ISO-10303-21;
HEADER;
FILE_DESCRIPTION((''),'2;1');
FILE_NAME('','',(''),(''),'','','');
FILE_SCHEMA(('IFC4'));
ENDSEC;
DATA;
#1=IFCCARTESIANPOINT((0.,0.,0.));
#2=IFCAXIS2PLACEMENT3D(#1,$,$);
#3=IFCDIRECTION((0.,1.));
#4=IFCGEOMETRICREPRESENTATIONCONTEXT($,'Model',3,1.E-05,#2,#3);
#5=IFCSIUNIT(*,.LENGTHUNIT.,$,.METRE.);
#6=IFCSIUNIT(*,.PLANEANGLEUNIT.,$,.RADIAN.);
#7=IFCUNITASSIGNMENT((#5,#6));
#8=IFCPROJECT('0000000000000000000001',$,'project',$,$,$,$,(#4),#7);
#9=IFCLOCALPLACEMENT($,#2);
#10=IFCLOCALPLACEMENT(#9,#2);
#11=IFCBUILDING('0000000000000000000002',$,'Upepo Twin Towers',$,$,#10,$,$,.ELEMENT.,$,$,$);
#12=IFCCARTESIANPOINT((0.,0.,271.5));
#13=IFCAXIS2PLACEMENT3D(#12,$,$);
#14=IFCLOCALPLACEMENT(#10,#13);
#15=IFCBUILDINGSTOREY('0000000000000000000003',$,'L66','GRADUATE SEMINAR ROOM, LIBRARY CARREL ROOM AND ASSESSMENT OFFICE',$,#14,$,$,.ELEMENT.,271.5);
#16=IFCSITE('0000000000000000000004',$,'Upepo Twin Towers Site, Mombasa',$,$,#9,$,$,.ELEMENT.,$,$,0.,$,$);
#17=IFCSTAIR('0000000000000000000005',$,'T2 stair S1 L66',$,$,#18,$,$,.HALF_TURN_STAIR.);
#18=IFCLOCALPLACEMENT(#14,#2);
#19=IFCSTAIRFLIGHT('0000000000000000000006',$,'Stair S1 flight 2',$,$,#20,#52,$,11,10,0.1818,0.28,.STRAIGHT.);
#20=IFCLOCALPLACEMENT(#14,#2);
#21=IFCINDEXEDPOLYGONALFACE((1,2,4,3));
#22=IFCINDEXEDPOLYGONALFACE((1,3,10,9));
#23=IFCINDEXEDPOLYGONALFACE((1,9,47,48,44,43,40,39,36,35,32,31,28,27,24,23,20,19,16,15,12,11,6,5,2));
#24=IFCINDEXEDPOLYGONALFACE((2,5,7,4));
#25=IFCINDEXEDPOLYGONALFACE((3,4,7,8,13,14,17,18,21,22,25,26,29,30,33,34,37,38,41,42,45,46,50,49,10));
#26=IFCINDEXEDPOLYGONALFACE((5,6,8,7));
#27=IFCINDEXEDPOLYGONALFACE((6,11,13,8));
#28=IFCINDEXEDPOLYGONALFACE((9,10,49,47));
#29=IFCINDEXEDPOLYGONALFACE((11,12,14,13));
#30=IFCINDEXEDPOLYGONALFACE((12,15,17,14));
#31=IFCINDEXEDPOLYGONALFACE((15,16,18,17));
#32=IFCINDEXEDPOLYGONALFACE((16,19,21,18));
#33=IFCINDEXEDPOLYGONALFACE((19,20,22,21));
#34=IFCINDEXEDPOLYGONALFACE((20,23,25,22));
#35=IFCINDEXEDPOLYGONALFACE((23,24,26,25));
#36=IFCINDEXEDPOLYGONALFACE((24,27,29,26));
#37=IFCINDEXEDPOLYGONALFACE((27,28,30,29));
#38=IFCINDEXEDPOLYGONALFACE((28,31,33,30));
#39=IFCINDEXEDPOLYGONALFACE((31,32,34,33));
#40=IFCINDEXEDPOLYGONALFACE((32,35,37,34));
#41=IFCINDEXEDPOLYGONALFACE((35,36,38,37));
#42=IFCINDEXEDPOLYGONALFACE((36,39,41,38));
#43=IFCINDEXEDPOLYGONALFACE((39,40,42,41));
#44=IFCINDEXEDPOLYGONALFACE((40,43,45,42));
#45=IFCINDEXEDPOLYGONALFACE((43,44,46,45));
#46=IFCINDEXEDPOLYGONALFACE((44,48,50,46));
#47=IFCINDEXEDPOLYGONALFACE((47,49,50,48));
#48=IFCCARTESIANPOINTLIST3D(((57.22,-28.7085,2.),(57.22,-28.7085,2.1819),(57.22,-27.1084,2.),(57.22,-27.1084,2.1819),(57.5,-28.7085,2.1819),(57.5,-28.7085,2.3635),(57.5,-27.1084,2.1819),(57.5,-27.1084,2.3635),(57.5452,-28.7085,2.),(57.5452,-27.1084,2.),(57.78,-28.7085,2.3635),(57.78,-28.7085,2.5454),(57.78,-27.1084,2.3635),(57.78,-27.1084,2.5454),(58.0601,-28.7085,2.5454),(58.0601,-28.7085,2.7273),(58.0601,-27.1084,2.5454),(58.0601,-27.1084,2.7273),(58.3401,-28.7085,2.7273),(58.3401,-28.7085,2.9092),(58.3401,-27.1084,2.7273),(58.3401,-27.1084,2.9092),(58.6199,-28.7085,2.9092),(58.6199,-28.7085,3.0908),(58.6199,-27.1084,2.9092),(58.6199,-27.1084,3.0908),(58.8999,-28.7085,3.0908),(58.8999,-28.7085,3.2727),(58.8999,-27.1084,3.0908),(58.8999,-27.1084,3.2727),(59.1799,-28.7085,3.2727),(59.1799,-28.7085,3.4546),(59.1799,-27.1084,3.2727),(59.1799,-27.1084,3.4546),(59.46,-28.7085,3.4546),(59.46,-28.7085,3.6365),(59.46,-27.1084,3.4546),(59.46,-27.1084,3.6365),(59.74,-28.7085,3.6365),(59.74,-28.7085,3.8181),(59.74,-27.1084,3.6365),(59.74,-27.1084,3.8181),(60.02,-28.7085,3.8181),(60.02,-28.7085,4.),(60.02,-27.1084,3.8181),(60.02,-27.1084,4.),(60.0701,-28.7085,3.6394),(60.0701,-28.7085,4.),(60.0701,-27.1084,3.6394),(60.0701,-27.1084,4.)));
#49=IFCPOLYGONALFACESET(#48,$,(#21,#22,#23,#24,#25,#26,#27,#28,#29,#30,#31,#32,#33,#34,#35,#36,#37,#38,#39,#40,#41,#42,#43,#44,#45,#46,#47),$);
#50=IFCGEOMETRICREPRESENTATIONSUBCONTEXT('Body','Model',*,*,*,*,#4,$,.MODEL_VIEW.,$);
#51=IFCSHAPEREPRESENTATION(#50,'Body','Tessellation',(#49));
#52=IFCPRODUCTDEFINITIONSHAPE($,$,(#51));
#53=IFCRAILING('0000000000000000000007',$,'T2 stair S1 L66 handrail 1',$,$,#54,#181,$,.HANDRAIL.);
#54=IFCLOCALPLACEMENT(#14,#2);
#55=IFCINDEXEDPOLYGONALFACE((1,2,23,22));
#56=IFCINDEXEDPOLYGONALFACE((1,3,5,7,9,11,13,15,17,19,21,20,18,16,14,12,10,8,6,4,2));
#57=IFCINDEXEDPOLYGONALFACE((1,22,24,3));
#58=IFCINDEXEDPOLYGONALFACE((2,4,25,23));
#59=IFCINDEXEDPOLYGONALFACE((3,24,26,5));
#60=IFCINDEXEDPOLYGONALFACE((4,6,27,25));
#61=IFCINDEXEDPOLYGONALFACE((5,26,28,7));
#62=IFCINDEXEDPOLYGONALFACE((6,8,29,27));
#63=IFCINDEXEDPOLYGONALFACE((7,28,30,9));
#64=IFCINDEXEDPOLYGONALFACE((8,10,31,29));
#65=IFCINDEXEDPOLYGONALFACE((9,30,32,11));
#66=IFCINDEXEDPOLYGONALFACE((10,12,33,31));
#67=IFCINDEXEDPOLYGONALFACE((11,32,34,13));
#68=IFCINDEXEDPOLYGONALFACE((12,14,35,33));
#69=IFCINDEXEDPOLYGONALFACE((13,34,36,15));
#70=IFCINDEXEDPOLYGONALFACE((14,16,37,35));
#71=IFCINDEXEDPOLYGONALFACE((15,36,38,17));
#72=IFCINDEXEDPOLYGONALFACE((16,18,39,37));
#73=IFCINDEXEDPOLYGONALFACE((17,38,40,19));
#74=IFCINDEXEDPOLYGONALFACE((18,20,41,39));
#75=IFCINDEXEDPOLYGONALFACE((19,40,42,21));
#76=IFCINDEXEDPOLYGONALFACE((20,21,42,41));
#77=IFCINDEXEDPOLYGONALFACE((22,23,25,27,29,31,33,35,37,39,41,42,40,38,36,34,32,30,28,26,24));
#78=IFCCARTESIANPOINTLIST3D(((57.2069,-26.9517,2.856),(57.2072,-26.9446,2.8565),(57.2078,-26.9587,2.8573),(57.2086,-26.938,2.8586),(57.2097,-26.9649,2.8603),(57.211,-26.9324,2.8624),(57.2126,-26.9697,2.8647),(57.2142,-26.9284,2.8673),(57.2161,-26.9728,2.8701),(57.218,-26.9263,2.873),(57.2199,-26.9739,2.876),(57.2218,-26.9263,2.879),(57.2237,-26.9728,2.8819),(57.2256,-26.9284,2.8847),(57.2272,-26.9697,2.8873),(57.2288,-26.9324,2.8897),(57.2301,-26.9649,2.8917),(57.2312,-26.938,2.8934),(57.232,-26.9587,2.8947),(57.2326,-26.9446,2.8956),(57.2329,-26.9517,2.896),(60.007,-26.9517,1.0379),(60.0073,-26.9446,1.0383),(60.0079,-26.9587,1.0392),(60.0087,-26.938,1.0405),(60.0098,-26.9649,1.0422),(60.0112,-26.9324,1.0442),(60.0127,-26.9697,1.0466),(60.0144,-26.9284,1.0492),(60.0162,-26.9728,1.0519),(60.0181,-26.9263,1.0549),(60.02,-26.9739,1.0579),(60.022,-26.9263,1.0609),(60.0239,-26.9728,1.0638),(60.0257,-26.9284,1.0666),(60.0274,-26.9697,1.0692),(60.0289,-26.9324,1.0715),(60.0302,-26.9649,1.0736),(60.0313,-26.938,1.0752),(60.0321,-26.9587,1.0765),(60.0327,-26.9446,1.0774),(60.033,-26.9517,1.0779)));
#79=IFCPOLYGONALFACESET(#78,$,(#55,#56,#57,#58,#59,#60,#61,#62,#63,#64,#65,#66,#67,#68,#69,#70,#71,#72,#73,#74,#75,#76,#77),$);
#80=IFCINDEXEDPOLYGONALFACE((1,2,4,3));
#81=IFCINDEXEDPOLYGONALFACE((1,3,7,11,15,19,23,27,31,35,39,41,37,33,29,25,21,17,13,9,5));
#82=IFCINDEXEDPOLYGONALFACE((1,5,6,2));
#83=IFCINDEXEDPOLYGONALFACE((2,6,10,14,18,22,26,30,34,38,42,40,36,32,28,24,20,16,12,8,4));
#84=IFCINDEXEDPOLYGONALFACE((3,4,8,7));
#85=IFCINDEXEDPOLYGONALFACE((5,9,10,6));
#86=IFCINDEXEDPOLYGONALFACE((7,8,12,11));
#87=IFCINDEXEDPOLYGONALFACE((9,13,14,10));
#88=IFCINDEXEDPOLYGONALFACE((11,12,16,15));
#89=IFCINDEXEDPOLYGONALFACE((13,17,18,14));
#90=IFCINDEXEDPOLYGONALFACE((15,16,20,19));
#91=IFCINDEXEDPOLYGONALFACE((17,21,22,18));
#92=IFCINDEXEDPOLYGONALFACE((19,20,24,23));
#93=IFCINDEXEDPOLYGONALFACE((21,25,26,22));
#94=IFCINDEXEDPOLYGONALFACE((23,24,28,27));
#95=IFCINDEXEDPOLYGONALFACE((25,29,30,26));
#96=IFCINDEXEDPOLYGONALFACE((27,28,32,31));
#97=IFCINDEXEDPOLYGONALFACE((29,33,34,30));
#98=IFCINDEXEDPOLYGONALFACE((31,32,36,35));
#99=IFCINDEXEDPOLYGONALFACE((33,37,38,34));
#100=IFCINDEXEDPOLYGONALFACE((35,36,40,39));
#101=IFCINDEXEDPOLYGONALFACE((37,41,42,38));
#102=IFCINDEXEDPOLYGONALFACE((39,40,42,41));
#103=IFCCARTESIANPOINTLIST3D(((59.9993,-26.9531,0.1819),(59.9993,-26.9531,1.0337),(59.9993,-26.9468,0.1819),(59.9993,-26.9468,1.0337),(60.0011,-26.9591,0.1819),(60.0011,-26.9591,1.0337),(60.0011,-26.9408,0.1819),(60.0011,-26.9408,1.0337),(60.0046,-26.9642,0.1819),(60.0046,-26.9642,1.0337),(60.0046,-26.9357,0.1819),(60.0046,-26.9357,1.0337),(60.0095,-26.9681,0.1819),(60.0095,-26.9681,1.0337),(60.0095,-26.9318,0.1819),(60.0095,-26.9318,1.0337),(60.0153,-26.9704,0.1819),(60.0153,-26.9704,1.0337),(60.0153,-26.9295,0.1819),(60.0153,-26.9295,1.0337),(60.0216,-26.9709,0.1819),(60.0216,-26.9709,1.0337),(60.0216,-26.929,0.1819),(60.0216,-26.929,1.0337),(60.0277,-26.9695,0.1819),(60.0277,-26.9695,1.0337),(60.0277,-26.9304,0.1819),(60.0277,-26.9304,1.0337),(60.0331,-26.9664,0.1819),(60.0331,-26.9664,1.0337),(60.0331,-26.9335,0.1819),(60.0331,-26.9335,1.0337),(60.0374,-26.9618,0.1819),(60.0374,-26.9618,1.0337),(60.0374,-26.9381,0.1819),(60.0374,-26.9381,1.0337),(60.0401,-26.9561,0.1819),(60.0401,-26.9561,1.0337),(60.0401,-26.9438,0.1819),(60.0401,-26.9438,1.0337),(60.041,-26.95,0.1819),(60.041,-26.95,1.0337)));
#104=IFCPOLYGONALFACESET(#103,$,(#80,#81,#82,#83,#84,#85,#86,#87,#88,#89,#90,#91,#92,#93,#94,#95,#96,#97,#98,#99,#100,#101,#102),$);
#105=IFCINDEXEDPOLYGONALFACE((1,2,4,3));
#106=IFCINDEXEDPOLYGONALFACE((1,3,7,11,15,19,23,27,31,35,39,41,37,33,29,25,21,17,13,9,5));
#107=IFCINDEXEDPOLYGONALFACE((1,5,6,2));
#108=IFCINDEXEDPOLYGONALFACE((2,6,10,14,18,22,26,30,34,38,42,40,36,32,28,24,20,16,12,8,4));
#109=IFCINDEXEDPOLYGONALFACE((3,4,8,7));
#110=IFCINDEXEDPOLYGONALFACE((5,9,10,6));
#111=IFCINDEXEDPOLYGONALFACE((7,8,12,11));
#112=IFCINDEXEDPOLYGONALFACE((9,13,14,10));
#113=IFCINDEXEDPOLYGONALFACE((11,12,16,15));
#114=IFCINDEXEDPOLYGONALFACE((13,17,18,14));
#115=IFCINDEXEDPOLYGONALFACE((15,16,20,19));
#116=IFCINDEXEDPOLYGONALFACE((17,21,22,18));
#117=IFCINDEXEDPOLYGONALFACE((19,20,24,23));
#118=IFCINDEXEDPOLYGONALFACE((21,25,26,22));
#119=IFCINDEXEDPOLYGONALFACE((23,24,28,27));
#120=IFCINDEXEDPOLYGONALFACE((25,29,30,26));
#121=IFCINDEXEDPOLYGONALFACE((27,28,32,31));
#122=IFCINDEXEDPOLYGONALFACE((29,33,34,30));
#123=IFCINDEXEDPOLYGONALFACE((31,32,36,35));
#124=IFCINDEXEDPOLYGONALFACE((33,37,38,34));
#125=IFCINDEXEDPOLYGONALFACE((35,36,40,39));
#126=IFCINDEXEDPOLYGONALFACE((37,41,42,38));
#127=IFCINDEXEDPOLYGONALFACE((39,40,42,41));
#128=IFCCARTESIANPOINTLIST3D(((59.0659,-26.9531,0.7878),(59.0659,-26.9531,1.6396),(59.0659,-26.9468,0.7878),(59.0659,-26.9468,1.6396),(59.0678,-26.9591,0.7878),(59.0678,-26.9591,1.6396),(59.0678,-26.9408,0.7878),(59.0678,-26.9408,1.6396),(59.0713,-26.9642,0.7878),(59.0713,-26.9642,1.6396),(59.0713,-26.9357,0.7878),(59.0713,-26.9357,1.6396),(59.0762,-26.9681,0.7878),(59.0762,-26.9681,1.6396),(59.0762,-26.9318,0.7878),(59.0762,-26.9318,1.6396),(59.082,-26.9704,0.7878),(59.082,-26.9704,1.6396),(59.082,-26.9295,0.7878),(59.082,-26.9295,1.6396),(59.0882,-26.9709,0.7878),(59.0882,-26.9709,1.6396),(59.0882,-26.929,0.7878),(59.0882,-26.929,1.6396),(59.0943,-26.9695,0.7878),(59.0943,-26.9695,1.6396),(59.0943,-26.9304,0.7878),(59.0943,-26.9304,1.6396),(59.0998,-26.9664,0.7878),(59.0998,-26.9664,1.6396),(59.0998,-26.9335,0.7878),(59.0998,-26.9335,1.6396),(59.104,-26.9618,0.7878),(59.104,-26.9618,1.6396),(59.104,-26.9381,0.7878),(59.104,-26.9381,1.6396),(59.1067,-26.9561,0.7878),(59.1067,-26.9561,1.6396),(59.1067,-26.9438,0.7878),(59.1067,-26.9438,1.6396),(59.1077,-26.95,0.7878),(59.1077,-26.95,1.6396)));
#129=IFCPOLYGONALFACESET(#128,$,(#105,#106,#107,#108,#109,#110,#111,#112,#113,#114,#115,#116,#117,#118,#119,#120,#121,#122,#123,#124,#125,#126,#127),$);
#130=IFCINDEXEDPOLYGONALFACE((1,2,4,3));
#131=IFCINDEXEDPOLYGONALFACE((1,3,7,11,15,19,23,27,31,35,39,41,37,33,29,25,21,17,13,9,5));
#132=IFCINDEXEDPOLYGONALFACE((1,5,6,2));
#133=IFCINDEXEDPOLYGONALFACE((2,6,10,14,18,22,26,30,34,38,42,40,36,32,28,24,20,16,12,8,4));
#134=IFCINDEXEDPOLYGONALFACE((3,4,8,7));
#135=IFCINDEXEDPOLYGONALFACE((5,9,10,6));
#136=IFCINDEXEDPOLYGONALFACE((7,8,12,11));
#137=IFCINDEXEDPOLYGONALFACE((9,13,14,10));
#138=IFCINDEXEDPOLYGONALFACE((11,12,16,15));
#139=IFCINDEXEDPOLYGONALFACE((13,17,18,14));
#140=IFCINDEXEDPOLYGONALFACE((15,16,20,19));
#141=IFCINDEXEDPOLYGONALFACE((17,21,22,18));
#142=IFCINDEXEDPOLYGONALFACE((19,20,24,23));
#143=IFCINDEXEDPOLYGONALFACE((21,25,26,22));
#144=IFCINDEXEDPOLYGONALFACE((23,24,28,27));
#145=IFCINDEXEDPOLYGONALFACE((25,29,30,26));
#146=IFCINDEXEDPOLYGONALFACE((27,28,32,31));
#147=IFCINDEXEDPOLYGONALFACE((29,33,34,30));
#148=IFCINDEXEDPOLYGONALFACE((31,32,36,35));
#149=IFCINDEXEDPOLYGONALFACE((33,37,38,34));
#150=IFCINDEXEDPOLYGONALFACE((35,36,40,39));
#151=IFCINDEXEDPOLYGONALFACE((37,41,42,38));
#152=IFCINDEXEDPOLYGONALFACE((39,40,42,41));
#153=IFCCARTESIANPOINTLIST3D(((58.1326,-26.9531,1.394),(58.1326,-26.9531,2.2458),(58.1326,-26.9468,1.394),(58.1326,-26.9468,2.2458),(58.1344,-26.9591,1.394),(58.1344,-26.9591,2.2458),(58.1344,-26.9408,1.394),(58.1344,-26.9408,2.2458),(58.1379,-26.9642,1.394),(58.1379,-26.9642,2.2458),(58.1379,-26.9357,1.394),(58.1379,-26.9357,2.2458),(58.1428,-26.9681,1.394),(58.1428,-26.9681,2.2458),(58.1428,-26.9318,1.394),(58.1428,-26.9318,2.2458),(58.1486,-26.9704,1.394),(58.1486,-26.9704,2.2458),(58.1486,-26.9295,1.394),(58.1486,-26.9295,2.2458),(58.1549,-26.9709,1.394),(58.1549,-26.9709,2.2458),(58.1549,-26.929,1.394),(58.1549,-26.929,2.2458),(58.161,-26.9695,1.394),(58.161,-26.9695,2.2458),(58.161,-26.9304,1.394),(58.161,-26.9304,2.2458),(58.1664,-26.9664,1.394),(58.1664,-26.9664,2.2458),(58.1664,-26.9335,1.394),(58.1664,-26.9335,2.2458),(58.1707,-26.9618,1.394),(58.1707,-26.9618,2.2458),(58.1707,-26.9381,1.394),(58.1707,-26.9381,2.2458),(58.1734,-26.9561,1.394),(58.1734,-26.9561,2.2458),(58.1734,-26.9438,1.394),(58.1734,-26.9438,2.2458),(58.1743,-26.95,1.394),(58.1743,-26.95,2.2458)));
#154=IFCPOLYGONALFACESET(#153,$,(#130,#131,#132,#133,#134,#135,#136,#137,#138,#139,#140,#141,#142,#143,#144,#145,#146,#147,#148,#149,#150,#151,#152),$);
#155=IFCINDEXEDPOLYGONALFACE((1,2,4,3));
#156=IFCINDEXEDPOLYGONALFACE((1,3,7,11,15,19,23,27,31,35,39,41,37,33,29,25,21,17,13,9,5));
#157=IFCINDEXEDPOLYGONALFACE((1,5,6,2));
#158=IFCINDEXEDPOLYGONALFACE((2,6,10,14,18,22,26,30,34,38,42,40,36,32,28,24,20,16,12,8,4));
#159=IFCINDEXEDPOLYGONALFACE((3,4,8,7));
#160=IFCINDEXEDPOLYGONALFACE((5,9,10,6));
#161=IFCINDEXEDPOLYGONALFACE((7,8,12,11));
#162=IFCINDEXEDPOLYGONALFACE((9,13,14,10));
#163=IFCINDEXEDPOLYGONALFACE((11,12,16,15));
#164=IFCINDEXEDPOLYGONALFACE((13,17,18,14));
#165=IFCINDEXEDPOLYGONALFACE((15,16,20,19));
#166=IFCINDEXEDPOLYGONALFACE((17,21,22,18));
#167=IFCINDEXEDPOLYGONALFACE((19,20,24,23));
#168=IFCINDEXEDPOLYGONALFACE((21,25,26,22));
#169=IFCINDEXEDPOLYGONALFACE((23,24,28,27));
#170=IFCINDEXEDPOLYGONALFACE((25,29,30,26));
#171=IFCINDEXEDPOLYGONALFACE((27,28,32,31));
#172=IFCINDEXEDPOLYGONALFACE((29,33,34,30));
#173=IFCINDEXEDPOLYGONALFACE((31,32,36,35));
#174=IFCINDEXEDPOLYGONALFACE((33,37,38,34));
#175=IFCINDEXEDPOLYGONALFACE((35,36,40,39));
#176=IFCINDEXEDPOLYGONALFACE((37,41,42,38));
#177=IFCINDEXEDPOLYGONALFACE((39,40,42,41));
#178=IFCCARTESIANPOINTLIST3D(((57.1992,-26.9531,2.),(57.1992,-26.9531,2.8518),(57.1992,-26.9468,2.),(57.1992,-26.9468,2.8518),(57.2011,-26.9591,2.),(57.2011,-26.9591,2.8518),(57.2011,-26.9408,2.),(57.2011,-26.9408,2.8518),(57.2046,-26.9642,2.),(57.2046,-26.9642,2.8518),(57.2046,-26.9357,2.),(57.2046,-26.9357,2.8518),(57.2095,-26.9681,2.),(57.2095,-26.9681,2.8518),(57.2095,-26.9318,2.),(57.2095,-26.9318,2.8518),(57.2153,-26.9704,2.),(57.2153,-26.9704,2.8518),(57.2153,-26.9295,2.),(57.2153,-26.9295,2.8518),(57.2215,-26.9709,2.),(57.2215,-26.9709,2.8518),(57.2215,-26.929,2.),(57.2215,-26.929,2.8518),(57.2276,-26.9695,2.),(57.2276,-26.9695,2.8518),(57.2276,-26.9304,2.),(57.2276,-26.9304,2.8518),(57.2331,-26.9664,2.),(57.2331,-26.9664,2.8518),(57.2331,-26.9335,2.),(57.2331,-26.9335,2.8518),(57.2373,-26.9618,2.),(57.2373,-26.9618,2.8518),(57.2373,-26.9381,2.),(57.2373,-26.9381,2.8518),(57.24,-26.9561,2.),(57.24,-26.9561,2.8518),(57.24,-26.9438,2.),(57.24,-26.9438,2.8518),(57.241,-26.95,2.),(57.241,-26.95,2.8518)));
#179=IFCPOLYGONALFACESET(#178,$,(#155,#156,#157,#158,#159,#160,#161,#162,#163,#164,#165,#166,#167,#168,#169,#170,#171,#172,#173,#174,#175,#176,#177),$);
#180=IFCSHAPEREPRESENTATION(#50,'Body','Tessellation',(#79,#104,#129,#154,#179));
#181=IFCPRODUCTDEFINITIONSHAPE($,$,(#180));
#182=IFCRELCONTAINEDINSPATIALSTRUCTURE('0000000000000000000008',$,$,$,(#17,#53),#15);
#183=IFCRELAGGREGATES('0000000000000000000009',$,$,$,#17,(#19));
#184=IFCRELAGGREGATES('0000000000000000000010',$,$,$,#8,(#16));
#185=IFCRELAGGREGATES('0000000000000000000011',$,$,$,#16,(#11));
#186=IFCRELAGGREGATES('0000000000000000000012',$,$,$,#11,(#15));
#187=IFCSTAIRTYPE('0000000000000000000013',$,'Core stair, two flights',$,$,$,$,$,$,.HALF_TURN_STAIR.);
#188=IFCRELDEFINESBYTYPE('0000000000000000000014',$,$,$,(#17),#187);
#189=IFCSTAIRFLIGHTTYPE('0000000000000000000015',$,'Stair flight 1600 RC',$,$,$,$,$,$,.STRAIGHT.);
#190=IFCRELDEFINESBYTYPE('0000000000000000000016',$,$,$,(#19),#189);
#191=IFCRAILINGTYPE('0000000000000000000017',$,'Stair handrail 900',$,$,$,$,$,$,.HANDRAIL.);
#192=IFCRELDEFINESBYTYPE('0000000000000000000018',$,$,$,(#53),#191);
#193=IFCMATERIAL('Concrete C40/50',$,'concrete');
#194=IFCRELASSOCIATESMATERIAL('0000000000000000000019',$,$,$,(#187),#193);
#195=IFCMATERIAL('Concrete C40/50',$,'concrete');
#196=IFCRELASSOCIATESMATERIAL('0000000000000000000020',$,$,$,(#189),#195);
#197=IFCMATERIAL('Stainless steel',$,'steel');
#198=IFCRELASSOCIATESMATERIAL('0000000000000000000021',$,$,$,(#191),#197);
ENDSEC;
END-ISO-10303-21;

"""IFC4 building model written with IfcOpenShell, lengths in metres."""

from ifc_helpers import new_model, si_unit, direction, frame, origin, origin_2d, place, context, subcontext, project, spatial, polyline, circle, outline, extrude, material, type_object, element, aggregate, save


model = new_model("IFC4")

# Units and contexts
model_context = context("Model", 3, precision=1e-05, world=origin(), true_north=direction((0.0, 1.0)))
body_context = subcontext(model_context, "Body", "Model", "MODEL_VIEW")
ifc_project = project(units=[si_unit("LENGTHUNIT", "METRE"), si_unit("PLANEANGLEUNIT", "RADIAN")], contexts=[model_context])

# Site, building, storey
site_placement = place(None, origin())
site = spatial("IfcSite", under=ifc_project, at=site_placement, Name="Upepo Twin Towers Site, Mombasa", CompositionType="ELEMENT", RefElevation=0.0)
building_placement = place(site_placement, origin())
building = spatial("IfcBuilding", under=site, at=building_placement, Name="Upepo Twin Towers", CompositionType="ELEMENT")
storey_placement = place(building_placement, frame((0.0, 0.0, 271.5)))
storey = spatial("IfcBuildingStorey", under=building, at=storey_placement, Name="L66", Description="GRADUATE SEMINAR ROOM, LIBRARY CARREL ROOM AND ASSESSMENT OFFICE", CompositionType="ELEMENT", Elevation=271.5)

# Stair, stair flight
ifc_material_1 = material(Name="Concrete C40/50", Category="concrete")
stair_type = type_object("IfcStairType", Name="Core stair, two flights", PredefinedType="HALF_TURN_STAIR", material=ifc_material_1)
stair_placement = place(storey_placement, origin())
stair = element("IfcStair", 1, at=stair_placement, inside=storey, type_object=stair_type, Name="T2 stair S1 L66", PredefinedType="HALF_TURN_STAIR")
ifc_material_2 = material(Name="Concrete C40/50", Category="concrete")
stair_flight_type = type_object("IfcStairFlightType", Name="Stair flight 1600 RC", PredefinedType="STRAIGHT", material=ifc_material_2)
stair_flight_1_placement = place(storey_placement, frame((57.22, -27.9084, 2.0), z_axis=(0.0, 0.0, 1.0), x_axis=(1.0, 0.0, 0.0)))
stair_flight_1 = element("IfcStairFlight", 2, at=stair_flight_1_placement, type_object=stair_flight_type, Name="Stair S1 flight 2", NumberOfRisers=11, NumberOfTreads=10, PredefinedType="STRAIGHT", RiserHeight=0.1818, TreadLength=0.28, context=body_context, shape_type="SweptSolid", body=[
    extrude(outline(polyline([(0.0, 0.0), (0.0, 0.1819), (0.28, 0.1819), (0.28, 0.3635), (0.5601, 0.3635), (0.5601, 0.5454), (0.8401, 0.5454), (0.8401, 0.7273), (1.1201, 0.7273), (1.1201, 0.9092), (1.3999, 0.9092), (1.3999, 1.0908), (1.6799, 1.0908), (1.6799, 1.2727), (1.96, 1.2727), (1.96, 1.4546), (2.24, 1.4546), (2.24, 1.6365), (2.52, 1.6365), (2.52, 1.8181), (2.8, 1.8181), (2.8, 2.0), (2.8501, 2.0), (2.8501, 1.6394), (0.3252, 0.0), (0.0, 0.0)])), frame((0.0, 0.8, 0.0), z_axis=(0.0, -1.0, 0.0), x_axis=(1.0, 0.0, 0.0)), (0.0, 0.0, 1.0), 1.6001),
])
aggregate(stair, [stair_flight_1])

# Railing
ifc_material_3 = material(Name="Stainless steel", Category="steel")
railing_type = type_object("IfcRailingType", Name="Stair handrail 900", PredefinedType="HANDRAIL", material=ifc_material_3)
railing_1_placement = place(storey_placement, frame((60.02, -26.95, 0.1819)))
element("IfcRailing", 3, at=railing_1_placement, inside=storey, type_object=railing_type, Name="T2 stair S1 L66 handrail 1", PredefinedType="HANDRAIL", context=body_context, shape_type="SweptSolid", body=[
    extrude(circle(Radius=0.0239, at=origin_2d()), frame((0.0, 0.0, 0.876), z_axis=(-0.838706, 0.0, 0.544585), x_axis=(0.0, -1.0, 0.0)), (0.0, 0.0, 1.0), 3.3386),
    extrude(circle(Radius=0.021, at=origin_2d()), origin(), (0.0, 0.0, 1.0), 0.8518),
    extrude(circle(Radius=0.021, at=origin_2d()), frame((-0.9333, 0.0, 0.606)), (0.0, 0.0, 1.0), 0.8518),
    extrude(circle(Radius=0.021, at=origin_2d()), frame((-1.8667, 0.0, 1.2122)), (0.0, 0.0, 1.0), 0.8518),
    extrude(circle(Radius=0.021, at=origin_2d()), frame((-2.8, 0.0, 1.8181)), (0.0, 0.0, 1.0), 0.8518),
])

save(model, "model.ifc")
